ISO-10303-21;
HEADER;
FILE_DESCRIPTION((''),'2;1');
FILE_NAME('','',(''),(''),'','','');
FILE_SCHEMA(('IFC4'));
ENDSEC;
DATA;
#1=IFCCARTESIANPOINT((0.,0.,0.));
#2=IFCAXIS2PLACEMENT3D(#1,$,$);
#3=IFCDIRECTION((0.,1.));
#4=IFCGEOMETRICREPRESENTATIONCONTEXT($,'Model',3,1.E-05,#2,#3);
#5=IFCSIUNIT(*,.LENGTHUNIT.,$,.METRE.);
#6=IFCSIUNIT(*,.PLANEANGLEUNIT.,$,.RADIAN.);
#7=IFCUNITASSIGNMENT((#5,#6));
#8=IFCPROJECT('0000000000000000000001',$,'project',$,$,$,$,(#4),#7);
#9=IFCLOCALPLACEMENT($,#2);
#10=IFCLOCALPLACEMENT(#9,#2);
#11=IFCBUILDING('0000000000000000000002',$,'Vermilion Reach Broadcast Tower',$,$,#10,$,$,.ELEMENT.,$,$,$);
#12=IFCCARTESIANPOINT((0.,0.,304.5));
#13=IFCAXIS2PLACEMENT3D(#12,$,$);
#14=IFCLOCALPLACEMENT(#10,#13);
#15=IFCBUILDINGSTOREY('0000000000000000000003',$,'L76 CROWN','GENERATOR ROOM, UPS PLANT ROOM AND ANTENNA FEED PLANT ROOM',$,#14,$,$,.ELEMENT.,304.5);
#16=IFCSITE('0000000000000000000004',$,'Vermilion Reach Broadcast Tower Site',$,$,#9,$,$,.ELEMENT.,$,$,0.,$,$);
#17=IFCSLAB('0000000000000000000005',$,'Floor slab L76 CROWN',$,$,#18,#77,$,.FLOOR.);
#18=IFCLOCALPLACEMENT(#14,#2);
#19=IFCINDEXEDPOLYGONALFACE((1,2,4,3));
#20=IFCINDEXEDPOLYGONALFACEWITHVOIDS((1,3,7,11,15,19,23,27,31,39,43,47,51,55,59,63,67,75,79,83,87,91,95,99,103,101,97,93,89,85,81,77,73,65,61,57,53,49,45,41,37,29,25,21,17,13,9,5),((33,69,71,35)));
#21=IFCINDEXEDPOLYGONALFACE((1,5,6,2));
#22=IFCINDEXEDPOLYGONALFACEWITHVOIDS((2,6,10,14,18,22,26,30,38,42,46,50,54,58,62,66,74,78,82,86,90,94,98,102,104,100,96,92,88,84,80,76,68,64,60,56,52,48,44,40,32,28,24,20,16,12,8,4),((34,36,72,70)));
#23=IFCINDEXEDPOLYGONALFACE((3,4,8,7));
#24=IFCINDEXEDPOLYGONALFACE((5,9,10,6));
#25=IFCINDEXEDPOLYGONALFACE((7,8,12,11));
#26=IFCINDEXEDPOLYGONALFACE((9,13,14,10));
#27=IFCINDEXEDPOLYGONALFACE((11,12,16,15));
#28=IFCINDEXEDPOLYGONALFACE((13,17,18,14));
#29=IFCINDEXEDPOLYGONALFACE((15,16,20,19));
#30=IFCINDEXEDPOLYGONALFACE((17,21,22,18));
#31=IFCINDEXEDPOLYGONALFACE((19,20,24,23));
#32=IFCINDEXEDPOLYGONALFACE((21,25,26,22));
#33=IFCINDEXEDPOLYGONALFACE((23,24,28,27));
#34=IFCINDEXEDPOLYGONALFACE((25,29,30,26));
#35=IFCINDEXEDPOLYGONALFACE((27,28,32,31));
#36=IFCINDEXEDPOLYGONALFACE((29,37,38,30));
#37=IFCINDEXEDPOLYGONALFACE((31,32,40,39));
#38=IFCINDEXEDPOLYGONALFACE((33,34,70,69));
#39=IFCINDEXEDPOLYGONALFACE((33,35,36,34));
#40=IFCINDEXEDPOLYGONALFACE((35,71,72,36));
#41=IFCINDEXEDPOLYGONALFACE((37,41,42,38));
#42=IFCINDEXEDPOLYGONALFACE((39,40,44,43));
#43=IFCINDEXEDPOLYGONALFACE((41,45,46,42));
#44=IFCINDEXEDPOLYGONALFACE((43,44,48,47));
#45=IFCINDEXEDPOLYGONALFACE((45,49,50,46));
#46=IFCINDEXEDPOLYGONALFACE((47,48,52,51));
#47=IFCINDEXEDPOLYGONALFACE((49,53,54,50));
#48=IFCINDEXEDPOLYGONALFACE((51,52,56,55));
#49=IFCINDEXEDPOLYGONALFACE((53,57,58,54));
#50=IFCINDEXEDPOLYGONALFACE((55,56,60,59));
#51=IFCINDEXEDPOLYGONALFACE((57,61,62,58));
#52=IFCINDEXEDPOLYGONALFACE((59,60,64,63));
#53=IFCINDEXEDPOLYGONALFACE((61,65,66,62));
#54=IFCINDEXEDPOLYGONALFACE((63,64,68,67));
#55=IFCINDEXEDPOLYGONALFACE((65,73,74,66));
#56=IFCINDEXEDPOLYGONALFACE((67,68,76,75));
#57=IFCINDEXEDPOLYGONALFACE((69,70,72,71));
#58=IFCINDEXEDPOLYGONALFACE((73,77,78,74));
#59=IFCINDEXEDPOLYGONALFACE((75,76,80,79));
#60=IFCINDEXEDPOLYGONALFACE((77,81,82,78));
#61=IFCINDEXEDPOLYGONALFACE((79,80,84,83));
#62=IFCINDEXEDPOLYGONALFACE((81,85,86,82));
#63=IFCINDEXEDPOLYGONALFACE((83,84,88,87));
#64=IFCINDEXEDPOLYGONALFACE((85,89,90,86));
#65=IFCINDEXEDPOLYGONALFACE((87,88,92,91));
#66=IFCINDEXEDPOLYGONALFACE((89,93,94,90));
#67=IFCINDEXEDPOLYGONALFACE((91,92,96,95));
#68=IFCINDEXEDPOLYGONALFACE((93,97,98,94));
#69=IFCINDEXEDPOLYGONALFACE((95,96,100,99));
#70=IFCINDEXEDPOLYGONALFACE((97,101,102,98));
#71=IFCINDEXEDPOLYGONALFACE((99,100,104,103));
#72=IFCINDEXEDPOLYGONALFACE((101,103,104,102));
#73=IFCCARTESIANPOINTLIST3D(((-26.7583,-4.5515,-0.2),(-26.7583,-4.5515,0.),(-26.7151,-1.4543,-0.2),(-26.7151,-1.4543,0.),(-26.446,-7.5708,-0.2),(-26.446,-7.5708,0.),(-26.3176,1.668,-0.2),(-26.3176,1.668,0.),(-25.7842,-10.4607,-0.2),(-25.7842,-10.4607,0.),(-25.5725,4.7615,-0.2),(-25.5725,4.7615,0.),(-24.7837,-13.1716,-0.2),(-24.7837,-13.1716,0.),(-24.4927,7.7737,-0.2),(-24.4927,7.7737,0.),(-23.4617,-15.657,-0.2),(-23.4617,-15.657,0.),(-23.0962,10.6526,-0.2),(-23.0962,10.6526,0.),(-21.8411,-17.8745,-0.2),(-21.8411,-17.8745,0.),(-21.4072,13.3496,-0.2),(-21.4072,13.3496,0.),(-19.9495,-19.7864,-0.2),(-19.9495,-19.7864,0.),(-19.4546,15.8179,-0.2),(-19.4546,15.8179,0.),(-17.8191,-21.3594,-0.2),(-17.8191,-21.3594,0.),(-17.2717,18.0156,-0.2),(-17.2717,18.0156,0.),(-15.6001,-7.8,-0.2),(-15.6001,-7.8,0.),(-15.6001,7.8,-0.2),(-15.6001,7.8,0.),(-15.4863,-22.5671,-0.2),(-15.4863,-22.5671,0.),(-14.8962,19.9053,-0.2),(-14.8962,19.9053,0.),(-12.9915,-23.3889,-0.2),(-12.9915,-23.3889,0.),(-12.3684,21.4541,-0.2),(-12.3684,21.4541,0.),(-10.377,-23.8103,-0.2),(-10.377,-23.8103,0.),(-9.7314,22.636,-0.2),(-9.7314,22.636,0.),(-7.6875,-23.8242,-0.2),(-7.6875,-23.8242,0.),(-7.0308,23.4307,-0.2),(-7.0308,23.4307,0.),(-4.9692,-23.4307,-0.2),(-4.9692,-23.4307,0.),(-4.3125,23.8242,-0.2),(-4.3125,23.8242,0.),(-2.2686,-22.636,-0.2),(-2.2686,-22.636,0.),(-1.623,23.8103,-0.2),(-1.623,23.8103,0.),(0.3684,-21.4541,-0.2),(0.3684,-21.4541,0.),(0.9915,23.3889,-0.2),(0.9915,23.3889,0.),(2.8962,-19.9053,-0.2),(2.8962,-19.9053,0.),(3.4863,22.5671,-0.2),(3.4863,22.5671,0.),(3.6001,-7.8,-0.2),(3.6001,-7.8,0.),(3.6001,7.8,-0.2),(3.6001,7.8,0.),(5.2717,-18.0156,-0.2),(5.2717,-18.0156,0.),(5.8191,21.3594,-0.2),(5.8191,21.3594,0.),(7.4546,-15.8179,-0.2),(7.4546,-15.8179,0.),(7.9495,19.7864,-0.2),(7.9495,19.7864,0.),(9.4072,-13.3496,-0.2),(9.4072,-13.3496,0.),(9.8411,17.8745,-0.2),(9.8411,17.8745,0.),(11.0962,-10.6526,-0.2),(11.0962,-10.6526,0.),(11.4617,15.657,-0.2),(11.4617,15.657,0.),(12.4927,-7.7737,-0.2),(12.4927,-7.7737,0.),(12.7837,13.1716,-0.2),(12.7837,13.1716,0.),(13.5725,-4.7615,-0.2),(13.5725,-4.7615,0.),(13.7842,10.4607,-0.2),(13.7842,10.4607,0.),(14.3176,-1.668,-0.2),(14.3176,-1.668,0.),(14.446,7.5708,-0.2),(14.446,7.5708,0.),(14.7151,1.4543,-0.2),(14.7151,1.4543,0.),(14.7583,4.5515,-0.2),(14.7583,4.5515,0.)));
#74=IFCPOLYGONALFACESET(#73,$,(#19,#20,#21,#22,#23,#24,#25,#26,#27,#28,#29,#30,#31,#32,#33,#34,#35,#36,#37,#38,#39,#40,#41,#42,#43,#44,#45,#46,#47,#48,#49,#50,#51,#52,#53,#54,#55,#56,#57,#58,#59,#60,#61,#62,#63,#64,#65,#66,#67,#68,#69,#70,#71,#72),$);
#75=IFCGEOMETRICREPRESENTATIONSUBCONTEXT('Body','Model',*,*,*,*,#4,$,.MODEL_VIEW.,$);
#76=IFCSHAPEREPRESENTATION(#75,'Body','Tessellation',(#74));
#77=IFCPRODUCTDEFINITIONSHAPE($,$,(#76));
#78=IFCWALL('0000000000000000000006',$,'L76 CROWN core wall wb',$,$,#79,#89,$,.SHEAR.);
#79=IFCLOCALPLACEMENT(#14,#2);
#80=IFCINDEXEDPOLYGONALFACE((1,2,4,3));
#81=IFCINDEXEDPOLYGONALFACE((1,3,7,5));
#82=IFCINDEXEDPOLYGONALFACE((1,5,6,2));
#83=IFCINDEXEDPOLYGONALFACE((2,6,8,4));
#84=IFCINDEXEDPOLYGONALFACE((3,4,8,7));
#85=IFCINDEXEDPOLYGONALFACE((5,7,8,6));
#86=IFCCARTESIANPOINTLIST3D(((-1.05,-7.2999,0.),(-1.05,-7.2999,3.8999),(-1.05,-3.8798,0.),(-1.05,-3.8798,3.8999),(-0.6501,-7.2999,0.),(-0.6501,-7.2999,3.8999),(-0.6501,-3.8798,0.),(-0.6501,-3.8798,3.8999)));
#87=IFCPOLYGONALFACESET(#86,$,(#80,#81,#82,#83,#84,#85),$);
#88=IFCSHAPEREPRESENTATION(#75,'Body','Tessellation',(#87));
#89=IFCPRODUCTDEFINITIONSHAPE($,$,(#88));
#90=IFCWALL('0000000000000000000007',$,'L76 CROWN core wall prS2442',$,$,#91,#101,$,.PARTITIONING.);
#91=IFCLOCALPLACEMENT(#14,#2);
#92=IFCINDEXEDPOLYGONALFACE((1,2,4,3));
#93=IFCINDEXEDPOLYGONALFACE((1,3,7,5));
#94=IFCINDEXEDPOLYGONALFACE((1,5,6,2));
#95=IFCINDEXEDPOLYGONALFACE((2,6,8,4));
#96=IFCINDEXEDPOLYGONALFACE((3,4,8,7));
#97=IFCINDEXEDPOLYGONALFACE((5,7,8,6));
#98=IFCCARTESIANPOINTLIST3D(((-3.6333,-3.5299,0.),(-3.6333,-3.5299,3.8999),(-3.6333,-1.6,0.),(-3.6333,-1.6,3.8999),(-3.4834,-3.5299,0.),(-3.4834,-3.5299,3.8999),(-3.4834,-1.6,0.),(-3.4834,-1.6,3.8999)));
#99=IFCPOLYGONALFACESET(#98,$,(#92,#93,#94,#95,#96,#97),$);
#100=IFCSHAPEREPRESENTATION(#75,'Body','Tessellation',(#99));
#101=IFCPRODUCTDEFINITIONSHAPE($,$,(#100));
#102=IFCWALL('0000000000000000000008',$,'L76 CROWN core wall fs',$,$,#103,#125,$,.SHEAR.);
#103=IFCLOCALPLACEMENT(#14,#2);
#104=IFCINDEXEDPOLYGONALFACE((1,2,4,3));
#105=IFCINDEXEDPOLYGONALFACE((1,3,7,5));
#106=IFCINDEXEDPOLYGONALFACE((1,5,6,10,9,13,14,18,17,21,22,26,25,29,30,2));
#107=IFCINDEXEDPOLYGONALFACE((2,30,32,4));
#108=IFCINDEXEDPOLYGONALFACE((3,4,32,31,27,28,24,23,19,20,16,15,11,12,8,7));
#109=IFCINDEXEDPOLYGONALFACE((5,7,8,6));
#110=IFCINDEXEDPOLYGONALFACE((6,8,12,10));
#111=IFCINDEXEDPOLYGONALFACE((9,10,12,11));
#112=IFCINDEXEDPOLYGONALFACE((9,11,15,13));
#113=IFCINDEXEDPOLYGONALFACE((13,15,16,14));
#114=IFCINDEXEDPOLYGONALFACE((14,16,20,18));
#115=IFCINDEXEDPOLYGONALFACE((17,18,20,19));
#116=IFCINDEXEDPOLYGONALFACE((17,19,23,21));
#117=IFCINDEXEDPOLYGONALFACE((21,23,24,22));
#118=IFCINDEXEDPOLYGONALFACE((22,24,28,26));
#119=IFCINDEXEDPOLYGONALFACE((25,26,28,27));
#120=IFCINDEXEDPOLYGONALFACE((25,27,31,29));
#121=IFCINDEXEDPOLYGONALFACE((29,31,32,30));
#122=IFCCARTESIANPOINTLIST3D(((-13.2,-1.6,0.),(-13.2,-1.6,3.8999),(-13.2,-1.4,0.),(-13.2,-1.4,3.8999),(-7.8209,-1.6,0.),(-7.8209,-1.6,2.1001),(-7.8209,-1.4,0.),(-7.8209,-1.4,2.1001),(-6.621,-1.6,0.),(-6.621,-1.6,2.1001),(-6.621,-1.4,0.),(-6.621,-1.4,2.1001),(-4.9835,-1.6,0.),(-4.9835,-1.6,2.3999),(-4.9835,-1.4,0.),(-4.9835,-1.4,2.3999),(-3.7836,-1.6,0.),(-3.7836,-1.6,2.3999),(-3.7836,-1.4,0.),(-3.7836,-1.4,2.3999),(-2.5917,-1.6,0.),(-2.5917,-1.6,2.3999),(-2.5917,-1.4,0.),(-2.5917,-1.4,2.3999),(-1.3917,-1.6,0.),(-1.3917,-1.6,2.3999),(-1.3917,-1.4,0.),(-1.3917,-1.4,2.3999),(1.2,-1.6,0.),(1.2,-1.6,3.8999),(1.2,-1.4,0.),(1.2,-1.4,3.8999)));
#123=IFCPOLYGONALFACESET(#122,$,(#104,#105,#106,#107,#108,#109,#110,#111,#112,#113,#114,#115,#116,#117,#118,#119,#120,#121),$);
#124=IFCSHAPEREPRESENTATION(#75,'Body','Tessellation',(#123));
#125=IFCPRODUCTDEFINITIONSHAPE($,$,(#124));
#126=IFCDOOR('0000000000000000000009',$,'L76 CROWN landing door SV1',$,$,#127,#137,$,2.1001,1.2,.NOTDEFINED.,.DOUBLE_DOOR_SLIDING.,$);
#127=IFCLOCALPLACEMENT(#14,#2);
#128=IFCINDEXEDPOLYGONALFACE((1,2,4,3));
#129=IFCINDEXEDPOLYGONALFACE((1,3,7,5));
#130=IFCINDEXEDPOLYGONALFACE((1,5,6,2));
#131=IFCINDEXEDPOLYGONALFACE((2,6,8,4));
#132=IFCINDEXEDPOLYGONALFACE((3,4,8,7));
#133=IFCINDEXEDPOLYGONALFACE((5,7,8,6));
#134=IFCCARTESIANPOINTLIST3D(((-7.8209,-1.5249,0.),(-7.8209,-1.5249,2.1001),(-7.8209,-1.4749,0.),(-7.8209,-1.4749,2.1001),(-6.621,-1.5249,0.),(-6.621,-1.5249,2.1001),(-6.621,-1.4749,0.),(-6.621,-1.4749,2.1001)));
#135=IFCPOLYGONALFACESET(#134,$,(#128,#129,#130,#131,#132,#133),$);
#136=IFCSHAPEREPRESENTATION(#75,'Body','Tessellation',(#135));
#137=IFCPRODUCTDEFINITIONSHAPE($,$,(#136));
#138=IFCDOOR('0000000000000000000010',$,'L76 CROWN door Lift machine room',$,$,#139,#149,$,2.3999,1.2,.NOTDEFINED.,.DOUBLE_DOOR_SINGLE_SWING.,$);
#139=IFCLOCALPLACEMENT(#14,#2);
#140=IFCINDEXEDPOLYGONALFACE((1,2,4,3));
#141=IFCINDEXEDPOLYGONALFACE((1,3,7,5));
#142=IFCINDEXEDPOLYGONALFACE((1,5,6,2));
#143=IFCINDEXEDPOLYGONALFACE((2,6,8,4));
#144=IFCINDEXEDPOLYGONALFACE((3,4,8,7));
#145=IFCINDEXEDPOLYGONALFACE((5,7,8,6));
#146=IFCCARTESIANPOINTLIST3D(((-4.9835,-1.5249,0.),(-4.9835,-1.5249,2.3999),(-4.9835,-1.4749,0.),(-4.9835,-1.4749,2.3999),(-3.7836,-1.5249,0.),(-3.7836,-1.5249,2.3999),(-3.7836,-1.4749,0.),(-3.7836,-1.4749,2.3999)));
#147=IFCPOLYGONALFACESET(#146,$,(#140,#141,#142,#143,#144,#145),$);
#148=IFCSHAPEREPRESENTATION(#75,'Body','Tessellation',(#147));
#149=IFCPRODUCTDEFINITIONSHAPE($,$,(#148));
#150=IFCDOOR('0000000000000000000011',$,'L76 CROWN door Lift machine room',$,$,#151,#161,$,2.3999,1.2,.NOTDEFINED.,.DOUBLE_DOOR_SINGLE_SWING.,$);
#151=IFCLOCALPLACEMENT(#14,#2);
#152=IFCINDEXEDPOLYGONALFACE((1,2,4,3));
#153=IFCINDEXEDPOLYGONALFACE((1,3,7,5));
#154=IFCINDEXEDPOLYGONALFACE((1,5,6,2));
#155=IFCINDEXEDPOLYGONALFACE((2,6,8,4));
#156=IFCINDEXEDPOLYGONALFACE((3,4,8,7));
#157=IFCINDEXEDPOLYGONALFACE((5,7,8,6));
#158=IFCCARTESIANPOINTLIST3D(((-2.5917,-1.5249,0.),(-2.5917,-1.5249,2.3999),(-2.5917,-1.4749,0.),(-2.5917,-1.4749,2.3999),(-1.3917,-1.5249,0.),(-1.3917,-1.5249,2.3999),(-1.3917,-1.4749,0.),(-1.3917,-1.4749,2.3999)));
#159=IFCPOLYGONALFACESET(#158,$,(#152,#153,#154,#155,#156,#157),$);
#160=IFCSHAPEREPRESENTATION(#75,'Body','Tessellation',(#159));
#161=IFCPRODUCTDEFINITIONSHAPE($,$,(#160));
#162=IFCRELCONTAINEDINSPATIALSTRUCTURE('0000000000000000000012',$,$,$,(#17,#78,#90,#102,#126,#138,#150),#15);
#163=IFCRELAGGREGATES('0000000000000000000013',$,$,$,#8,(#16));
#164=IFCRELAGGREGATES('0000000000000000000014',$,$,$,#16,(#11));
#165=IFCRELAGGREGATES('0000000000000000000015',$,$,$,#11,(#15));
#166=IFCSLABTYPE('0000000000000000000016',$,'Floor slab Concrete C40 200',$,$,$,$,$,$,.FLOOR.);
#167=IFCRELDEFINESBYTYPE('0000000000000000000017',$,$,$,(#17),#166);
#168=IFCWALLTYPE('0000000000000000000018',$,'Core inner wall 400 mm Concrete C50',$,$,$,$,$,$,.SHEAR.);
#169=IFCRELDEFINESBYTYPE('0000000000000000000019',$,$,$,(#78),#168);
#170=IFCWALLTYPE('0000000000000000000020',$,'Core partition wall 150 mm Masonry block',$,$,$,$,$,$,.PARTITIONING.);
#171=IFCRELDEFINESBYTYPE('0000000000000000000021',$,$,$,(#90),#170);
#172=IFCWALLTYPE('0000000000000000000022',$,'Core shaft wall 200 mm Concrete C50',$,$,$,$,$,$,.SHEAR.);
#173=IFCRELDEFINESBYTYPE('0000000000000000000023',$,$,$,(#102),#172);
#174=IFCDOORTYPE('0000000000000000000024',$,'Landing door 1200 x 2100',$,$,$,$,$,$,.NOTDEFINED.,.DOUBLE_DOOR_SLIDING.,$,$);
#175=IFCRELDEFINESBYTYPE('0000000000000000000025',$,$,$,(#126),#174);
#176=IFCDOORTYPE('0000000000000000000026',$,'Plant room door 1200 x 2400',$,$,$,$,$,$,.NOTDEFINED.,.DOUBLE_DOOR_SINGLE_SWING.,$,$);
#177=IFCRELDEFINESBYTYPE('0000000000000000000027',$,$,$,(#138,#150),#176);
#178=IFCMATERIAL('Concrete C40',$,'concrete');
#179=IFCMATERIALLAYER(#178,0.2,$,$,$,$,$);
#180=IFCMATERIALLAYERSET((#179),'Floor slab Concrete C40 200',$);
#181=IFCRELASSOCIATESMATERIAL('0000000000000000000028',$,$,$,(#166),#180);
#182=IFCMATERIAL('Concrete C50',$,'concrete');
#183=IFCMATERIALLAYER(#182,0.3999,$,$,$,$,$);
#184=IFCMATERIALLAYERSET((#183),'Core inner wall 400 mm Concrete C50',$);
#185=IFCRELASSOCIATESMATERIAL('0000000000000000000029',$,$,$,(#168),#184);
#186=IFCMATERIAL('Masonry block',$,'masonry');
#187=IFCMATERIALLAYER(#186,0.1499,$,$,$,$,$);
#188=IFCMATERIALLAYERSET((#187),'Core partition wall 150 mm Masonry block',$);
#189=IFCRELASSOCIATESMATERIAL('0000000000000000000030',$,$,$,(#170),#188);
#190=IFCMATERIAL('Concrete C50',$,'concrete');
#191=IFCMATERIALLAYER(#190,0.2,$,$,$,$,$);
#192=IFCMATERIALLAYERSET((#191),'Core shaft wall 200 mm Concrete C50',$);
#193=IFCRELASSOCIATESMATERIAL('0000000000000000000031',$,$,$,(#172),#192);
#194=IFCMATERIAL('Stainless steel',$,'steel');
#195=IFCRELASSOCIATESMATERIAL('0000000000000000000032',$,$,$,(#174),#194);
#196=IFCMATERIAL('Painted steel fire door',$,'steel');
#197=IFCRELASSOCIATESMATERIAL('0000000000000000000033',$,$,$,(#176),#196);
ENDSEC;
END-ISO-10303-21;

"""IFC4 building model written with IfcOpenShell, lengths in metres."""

from ifc_helpers import new_model, si_unit, direction, frame, frame_2d, origin, place, context, subcontext, project, spatial, polyline, rectangle, outline, extrude, material, layer, layer_set, type_object, element, fill, save


model = new_model("IFC4")

# Units and contexts
model_context = context("Model", 3, precision=1e-05, world=origin(), true_north=direction((0.0, 1.0)))
body_context = subcontext(model_context, "Body", "Model", "MODEL_VIEW")
ifc_project = project(units=[si_unit("LENGTHUNIT", "METRE"), si_unit("PLANEANGLEUNIT", "RADIAN")], contexts=[model_context])

# Site, building, storey
site_placement = place(None, origin())
site = spatial("IfcSite", under=ifc_project, at=site_placement, Name="Vermilion Reach Broadcast Tower Site", CompositionType="ELEMENT", RefElevation=0.0)
building_placement = place(site_placement, origin())
building = spatial("IfcBuilding", under=site, at=building_placement, Name="Vermilion Reach Broadcast Tower", CompositionType="ELEMENT")
storey_placement = place(building_placement, frame((0.0, 0.0, 304.5)))
storey = spatial("IfcBuildingStorey", under=building, at=storey_placement, Name="L76 CROWN", Description="GENERATOR ROOM, UPS PLANT ROOM AND ANTENNA FEED PLANT ROOM", CompositionType="ELEMENT", Elevation=304.5)

# Slab
ifc_material_1 = material(Name="Concrete C40", Category="concrete")
ifc_layer_1 = layer(ifc_material_1, 0.2)
ifc_layer_set_1 = layer_set([ifc_layer_1], Name="Floor slab Concrete C40 200")
slab_type_1 = type_object("IfcSlabType", Name="Floor slab Concrete C40 200", PredefinedType="FLOOR", material=ifc_layer_set_1)
slab_1_placement = place(storey_placement, frame((0.0, 0.0, -0.2)))
element("IfcSlab", 1, at=slab_1_placement, inside=storey, type_object=slab_type_1, Name="Floor slab L76 CROWN", PredefinedType="FLOOR", context=body_context, shape_type="SweptSolid", body=[
    extrude(outline(polyline([(3.4863, 22.5671), (0.9915, 23.3889), (-1.623, 23.8103), (-4.3125, 23.8242), (-7.0308, 23.4307), (-9.7314, 22.636), (-12.3684, 21.4541), (-14.8962, 19.9053), (-17.2717, 18.0156), (-19.4546, 15.8179), (-21.4072, 13.3496), (-23.0962, 10.6526), (-24.4927, 7.7737), (-25.5725, 4.7615), (-26.3176, 1.668), (-26.7151, -1.4543), (-26.7583, -4.5515), (-26.446, -7.5708), (-25.7842, -10.4607), (-24.7837, -13.1716), (-23.4617, -15.657), (-21.8411, -17.8745), (-19.9495, -19.7864), (-17.8191, -21.3594), (-15.4863, -22.5671), (-12.9915, -23.3889), (-10.377, -23.8103), (-7.6875, -23.8242), (-4.9692, -23.4307), (-2.2686, -22.636), (0.3684, -21.4541), (2.8962, -19.9053), (5.2717, -18.0156), (7.4546, -15.8179), (9.4072, -13.3496), (11.0962, -10.6526), (12.4927, -7.7737), (13.5725, -4.7615), (14.3176, -1.668), (14.7151, 1.4543), (14.7583, 4.5515), (14.446, 7.5708), (13.7842, 10.4607), (12.7837, 13.1716), (11.4617, 15.657), (9.8411, 17.8745), (7.9495, 19.7864), (5.8191, 21.3594), (3.4863, 22.5671)]), holes=[polyline([(-15.6001, -7.8), (3.6001, -7.8), (3.6001, 7.8), (-15.6001, 7.8), (-15.6001, -7.8)])]), origin(), (0.0, 0.0, 1.0), 0.2),
])

# Walls
ifc_material_2 = material(Name="Concrete C50", Category="concrete")
ifc_layer_2 = layer(ifc_material_2, 0.3999)
ifc_layer_set_2 = layer_set([ifc_layer_2], Name="Core inner wall 400 mm Concrete C50")
wall_type_1 = type_object("IfcWallType", Name="Core inner wall 400 mm Concrete C50", PredefinedType="SHEAR", material=ifc_layer_set_2)
wall_1_placement = place(storey_placement, frame((-0.8501, -3.8799, 0.0), z_axis=(0.0, 0.0, 1.0), x_axis=(0.0, -1.0, 0.0)))
element("IfcWall", 2, at=wall_1_placement, inside=storey, type_object=wall_type_1, Name="L76 CROWN core wall wb", PredefinedType="SHEAR", context=body_context, shape_type="SweptSolid", body=[
    extrude(rectangle(XDim=3.4202, YDim=0.3999, at=frame_2d((1.71, 0.0))), origin(), (0.0, 0.0, 1.0), 3.8999),
])
ifc_material_3 = material(Name="Masonry block", Category="masonry")
ifc_layer_3 = layer(ifc_material_3, 0.1499)
ifc_layer_set_3 = layer_set([ifc_layer_3], Name="Core partition wall 150 mm Masonry block")
wall_type_2 = type_object("IfcWallType", Name="Core partition wall 150 mm Masonry block", PredefinedType="PARTITIONING", material=ifc_layer_set_3)
wall_2_placement = place(storey_placement, frame((-3.5583, -1.6001, 0.0), z_axis=(0.0, 0.0, 1.0), x_axis=(0.0, -1.0, 0.0)))
element("IfcWall", 3, at=wall_2_placement, inside=storey, type_object=wall_type_2, Name="L76 CROWN core wall prS2442", PredefinedType="PARTITIONING", context=body_context, shape_type="SweptSolid", body=[
    extrude(rectangle(XDim=1.9299, YDim=0.1499, at=frame_2d((0.9648, 0.0))), origin(), (0.0, 0.0, 1.0), 3.8999),
])

# Wall, openings, doors
ifc_material_4 = material(Name="Concrete C50", Category="concrete")
ifc_layer_4 = layer(ifc_material_4, 0.2)
ifc_layer_set_4 = layer_set([ifc_layer_4], Name="Core shaft wall 200 mm Concrete C50")
wall_type_3 = type_object("IfcWallType", Name="Core shaft wall 200 mm Concrete C50", PredefinedType="SHEAR", material=ifc_layer_set_4)
wall_3_placement = place(storey_placement, frame((1.2, -1.5, 0.0), z_axis=(0.0, 0.0, 1.0), x_axis=(-1.0, 0.0, 0.0)))
wall_3 = element("IfcWall", 4, at=wall_3_placement, inside=storey, type_object=wall_type_3, Name="L76 CROWN core wall fs", PredefinedType="SHEAR", context=body_context, shape_type="SweptSolid", body=[
    extrude(rectangle(XDim=14.3999, YDim=0.2, at=frame_2d((7.2, 0.0))), origin(), (0.0, 0.0, 1.0), 3.8999),
])
opening_1_placement = place(wall_3_placement, frame((7.8208, 0.0, 0.0)))
opening_1 = element("IfcOpeningElement", 5, at=opening_1_placement, cuts=wall_3, PredefinedType="OPENING", context=body_context, shape_type="SweptSolid", body=[
    extrude(rectangle(XDim=1.2, YDim=2.1001, at=frame_2d((0.6001, 1.05))), frame((0.0, 0.1099, 0.0), z_axis=(0.0, -1.0, 0.0), x_axis=(1.0, 0.0, 0.0)), (0.0, 0.0, 1.0), 0.22),
])
opening_2_placement = place(wall_3_placement, frame((4.9834, 0.0, 0.0)))
opening_2 = element("IfcOpeningElement", 6, at=opening_2_placement, cuts=wall_3, PredefinedType="OPENING", context=body_context, shape_type="SweptSolid", body=[
    extrude(rectangle(XDim=1.2, YDim=2.3999, at=frame_2d((0.6001, 1.2))), frame((0.0, 0.1099, 0.0), z_axis=(0.0, -1.0, 0.0), x_axis=(1.0, 0.0, 0.0)), (0.0, 0.0, 1.0), 0.22),
])
opening_3_placement = place(wall_3_placement, frame((2.5916, 0.0, 0.0)))
opening_3 = element("IfcOpeningElement", 7, at=opening_3_placement, cuts=wall_3, PredefinedType="OPENING", context=body_context, shape_type="SweptSolid", body=[
    extrude(rectangle(XDim=1.2, YDim=2.3999, at=frame_2d((0.6001, 1.2))), frame((0.0, 0.1099, 0.0), z_axis=(0.0, -1.0, 0.0), x_axis=(1.0, 0.0, 0.0)), (0.0, 0.0, 1.0), 0.22),
])
ifc_material_5 = material(Name="Stainless steel", Category="steel")
door_type_1 = type_object("IfcDoorType", Name="Landing door 1200 x 2100", OperationType="DOUBLE_DOOR_SLIDING", PredefinedType="NOTDEFINED", material=ifc_material_5)
door_1_placement = place(opening_1_placement, origin())
door_1 = element("IfcDoor", 8, at=door_1_placement, inside=storey, type_object=door_type_1, Name="L76 CROWN landing door SV1", OperationType="DOUBLE_DOOR_SLIDING", OverallHeight=2.1001, OverallWidth=1.2, PredefinedType="NOTDEFINED", context=body_context, shape_type="SweptSolid", body=[
    extrude(rectangle(XDim=1.2, YDim=2.1001, at=frame_2d((0.6001, 1.05))), frame((0.0, 0.0249, 0.0), z_axis=(0.0, -1.0, 0.0), x_axis=(1.0, 0.0, 0.0)), (0.0, 0.0, 1.0), 0.05),
])
fill(opening_1, door_1)
ifc_material_6 = material(Name="Painted steel fire door", Category="steel")
door_type_2 = type_object("IfcDoorType", Name="Plant room door 1200 x 2400", OperationType="DOUBLE_DOOR_SINGLE_SWING", PredefinedType="NOTDEFINED", material=ifc_material_6)
door_2_placement = place(opening_2_placement, origin())
door_2 = element("IfcDoor", 9, at=door_2_placement, inside=storey, type_object=door_type_2, Name="L76 CROWN door Lift machine room", OperationType="DOUBLE_DOOR_SINGLE_SWING", OverallHeight=2.3999, OverallWidth=1.2, PredefinedType="NOTDEFINED", context=body_context, shape_type="SweptSolid", body=[
    extrude(rectangle(XDim=1.2, YDim=2.3999, at=frame_2d((0.6001, 1.2))), frame((0.0, 0.0249, 0.0), z_axis=(0.0, -1.0, 0.0), x_axis=(1.0, 0.0, 0.0)), (0.0, 0.0, 1.0), 0.05),
])
fill(opening_2, door_2)
door_3_placement = place(opening_3_placement, origin())
door_3 = element("IfcDoor", 10, at=door_3_placement, inside=storey, type_object=door_type_2, Name="L76 CROWN door Lift machine room", OperationType="DOUBLE_DOOR_SINGLE_SWING", OverallHeight=2.3999, OverallWidth=1.2, PredefinedType="NOTDEFINED", context=body_context, shape_type="SweptSolid", body=[
    extrude(rectangle(XDim=1.2, YDim=2.3999, at=frame_2d((0.6001, 1.2))), frame((0.0, 0.0249, 0.0), z_axis=(0.0, -1.0, 0.0), x_axis=(1.0, 0.0, 0.0)), (0.0, 0.0, 1.0), 0.05),
])
fill(opening_3, door_3)

save(model, "model.ifc")
